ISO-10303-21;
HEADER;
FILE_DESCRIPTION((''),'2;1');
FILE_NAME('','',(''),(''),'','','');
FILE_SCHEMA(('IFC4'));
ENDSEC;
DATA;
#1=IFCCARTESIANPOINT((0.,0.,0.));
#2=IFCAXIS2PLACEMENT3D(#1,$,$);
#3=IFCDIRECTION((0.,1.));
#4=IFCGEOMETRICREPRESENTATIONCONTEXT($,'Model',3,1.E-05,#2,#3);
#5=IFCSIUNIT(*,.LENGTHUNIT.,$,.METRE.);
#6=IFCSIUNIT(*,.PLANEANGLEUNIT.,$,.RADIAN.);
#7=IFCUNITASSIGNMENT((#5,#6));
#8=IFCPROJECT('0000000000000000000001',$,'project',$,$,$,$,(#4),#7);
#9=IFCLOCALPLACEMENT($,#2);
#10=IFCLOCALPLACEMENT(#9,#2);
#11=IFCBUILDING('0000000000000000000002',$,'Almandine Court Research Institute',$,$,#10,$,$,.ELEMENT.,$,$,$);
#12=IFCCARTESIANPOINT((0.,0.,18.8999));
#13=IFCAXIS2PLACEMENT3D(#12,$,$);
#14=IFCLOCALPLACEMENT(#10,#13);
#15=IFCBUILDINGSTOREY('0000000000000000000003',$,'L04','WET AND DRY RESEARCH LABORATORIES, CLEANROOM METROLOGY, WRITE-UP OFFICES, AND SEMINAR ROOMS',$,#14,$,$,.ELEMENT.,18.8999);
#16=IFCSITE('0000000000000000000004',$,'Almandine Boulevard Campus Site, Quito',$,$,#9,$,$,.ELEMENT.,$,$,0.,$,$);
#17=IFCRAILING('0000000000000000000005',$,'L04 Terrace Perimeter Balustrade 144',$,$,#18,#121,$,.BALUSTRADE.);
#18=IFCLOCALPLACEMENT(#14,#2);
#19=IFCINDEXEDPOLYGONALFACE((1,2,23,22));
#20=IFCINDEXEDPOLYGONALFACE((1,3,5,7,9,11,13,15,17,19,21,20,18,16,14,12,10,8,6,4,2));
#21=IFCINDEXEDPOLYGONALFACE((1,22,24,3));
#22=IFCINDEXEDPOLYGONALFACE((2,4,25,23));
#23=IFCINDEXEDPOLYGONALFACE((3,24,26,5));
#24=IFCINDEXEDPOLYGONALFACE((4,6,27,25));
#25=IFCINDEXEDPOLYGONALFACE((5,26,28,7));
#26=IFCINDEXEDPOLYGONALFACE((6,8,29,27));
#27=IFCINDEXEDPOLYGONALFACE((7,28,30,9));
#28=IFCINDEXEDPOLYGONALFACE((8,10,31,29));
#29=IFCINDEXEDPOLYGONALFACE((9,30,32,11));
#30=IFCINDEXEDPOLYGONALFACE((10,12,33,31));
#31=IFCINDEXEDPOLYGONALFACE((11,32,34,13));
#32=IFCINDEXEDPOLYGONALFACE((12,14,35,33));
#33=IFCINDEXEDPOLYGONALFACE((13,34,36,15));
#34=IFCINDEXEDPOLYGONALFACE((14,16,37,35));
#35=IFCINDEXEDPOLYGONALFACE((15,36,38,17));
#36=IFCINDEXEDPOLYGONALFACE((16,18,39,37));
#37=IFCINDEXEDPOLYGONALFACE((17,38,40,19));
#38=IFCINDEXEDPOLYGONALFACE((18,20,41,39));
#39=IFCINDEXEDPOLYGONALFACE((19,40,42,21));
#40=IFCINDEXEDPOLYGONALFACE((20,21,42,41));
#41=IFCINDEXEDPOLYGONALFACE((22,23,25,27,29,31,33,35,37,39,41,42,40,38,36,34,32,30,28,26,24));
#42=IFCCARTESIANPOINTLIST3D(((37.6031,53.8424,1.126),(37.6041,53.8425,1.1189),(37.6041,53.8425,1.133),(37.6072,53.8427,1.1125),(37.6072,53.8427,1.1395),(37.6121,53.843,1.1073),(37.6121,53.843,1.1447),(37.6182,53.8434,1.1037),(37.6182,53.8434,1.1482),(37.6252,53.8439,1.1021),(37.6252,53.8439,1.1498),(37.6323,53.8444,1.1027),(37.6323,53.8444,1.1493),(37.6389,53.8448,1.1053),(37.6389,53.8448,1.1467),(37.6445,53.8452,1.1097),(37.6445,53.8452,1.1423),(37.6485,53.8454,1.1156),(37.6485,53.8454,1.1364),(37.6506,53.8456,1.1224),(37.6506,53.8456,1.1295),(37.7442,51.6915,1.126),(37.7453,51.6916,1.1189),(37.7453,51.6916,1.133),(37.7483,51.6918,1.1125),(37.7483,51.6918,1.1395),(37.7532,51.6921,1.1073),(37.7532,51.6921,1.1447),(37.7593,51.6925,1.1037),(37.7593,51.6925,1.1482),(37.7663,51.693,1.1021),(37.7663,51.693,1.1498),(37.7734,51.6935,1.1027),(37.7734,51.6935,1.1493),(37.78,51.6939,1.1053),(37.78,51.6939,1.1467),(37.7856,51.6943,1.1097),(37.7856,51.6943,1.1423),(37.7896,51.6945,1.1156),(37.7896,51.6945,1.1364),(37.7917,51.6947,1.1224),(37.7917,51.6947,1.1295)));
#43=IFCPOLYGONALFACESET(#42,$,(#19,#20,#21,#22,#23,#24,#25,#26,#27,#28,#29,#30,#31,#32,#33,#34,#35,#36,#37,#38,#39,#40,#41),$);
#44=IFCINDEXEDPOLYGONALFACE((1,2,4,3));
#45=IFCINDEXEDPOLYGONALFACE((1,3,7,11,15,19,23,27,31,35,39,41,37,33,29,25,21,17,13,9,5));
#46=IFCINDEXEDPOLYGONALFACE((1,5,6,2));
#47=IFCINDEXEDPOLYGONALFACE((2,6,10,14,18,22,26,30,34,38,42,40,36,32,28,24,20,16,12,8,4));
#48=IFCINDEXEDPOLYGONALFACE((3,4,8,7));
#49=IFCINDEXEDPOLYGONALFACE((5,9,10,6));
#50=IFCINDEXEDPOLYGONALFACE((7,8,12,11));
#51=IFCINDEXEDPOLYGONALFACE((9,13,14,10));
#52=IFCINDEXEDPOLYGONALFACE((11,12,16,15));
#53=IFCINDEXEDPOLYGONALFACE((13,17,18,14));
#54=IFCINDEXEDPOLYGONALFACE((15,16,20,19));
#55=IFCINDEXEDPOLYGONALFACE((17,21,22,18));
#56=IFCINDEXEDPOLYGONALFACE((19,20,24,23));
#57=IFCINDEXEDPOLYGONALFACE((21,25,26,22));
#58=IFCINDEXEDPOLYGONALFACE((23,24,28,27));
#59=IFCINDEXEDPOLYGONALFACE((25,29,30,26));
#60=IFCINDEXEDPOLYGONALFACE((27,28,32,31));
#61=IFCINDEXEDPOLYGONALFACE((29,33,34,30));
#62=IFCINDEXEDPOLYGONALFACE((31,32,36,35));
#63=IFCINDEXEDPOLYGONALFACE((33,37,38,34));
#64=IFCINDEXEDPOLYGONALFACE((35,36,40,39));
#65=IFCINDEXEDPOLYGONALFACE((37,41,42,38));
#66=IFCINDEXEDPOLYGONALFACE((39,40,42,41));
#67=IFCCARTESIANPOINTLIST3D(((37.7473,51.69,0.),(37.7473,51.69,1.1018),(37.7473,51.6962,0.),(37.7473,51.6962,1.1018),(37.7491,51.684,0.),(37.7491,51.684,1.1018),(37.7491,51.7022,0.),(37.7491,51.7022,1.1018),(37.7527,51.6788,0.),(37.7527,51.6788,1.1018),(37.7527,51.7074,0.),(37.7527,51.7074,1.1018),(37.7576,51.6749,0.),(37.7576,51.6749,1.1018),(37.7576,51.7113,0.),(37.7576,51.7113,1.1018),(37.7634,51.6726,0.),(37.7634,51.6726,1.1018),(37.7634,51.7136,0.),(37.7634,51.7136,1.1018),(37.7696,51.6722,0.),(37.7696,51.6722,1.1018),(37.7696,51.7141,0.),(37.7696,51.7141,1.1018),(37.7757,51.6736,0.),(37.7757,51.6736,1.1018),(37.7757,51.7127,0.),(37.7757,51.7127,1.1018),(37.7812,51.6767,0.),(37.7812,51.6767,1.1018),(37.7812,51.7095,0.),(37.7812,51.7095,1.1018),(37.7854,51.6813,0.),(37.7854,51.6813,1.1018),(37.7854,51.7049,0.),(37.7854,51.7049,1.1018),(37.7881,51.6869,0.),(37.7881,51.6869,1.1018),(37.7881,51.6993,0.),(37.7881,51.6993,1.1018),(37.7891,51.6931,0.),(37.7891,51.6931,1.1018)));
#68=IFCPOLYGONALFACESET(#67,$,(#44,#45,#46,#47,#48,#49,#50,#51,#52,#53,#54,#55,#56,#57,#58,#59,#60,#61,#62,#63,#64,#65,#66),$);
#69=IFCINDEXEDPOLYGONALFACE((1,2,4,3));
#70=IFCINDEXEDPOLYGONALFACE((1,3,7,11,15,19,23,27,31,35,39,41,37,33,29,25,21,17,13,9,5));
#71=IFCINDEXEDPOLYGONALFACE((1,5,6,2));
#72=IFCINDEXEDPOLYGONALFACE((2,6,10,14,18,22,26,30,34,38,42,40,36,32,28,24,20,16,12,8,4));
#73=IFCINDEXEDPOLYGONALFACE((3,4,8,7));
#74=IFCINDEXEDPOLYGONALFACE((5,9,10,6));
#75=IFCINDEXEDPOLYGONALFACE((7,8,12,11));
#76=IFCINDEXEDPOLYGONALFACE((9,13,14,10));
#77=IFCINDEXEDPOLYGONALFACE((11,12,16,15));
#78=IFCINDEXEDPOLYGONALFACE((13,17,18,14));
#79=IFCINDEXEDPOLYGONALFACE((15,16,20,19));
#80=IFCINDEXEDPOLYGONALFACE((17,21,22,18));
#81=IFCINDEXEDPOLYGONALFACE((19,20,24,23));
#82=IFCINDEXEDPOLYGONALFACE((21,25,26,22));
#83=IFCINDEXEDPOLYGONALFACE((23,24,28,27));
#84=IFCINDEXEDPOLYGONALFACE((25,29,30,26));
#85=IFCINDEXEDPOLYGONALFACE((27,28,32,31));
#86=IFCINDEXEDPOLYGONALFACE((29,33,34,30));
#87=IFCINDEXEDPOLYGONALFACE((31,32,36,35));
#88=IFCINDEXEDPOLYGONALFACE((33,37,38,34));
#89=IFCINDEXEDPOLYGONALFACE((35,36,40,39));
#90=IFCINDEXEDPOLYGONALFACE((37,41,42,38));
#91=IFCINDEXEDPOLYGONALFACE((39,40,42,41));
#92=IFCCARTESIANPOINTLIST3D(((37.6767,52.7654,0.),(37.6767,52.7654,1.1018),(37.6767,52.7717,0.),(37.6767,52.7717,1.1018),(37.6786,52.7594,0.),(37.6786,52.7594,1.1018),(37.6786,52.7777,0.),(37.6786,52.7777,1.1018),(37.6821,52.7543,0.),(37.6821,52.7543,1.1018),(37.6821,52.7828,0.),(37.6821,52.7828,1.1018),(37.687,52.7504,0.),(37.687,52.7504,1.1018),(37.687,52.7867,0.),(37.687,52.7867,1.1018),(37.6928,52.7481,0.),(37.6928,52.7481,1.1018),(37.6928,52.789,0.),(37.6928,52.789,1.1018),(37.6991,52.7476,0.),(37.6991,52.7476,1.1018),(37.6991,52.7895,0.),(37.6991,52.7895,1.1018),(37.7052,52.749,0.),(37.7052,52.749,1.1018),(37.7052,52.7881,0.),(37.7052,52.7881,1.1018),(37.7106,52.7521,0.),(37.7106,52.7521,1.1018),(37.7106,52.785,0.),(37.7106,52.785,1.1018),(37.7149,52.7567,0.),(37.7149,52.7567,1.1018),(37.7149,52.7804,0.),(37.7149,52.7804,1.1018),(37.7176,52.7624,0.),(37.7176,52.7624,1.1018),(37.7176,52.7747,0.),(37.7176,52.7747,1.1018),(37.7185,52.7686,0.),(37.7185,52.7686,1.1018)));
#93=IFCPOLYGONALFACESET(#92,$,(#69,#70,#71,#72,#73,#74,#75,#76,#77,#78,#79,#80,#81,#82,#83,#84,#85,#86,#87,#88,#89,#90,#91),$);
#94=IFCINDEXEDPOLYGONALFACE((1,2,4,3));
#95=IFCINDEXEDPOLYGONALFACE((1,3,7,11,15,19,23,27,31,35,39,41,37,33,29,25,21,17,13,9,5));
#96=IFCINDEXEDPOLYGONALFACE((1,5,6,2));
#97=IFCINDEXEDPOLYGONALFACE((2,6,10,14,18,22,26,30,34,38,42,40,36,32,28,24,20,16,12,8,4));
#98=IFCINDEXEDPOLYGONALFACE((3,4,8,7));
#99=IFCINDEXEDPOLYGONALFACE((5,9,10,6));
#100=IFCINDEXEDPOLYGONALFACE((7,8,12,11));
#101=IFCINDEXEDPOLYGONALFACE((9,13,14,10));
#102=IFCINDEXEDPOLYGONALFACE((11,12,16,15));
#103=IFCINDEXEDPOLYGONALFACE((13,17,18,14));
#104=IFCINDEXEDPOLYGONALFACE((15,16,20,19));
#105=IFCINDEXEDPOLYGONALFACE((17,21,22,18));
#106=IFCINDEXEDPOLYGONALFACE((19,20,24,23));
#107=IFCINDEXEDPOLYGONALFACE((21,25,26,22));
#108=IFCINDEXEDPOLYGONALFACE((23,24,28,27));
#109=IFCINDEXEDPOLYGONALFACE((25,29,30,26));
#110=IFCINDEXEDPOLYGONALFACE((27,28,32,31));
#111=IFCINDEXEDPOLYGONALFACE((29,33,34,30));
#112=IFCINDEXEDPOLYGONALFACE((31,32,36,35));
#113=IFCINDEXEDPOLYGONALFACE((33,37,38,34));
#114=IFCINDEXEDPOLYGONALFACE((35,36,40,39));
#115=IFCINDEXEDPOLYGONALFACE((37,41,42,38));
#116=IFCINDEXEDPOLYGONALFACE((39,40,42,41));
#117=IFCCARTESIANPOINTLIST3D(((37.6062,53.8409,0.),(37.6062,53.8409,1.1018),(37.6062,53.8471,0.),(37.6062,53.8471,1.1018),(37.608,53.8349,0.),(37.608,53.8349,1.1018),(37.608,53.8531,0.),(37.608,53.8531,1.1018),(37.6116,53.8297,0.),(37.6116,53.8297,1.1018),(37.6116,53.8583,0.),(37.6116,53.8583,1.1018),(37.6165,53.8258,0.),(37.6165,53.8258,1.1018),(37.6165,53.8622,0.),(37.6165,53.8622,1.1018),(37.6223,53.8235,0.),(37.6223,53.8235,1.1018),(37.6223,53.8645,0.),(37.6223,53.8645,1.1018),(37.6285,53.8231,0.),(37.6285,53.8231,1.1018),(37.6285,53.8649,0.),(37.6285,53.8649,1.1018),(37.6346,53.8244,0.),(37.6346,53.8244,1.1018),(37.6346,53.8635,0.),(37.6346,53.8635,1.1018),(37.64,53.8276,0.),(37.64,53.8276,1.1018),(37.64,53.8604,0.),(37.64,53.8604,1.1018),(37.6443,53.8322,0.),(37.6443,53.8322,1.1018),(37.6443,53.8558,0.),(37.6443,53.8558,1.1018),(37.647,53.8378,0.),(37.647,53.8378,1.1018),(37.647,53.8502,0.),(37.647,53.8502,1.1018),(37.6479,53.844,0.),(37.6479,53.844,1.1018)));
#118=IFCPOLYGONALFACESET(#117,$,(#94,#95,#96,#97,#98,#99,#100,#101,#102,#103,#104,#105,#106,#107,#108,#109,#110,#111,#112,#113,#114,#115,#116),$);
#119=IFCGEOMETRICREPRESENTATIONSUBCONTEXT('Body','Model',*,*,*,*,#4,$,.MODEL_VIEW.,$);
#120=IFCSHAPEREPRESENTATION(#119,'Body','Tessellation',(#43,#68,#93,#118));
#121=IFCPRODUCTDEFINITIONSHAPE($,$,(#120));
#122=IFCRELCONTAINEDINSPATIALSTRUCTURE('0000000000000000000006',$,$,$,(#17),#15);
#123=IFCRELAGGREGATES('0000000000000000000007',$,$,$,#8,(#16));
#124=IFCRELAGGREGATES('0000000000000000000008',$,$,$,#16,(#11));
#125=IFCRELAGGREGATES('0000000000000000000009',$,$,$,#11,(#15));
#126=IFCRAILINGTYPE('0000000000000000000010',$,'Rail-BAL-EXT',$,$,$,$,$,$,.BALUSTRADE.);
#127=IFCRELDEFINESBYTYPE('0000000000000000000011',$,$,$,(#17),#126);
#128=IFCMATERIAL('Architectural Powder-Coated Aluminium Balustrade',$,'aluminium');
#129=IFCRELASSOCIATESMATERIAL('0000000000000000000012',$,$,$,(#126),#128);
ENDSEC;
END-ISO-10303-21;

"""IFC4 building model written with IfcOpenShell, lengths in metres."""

from ifc_helpers import new_model, si_unit, direction, frame, origin, origin_2d, place, context, subcontext, project, spatial, circle, extrude, material, type_object, element, save


model = new_model("IFC4")

# Units and contexts
model_context = context("Model", 3, precision=1e-05, world=origin(), true_north=direction((0.0, 1.0)))
body_context = subcontext(model_context, "Body", "Model", "MODEL_VIEW")
ifc_project = project(units=[si_unit("LENGTHUNIT", "METRE"), si_unit("PLANEANGLEUNIT", "RADIAN")], contexts=[model_context])

# Site, building, storey
site_placement = place(None, origin())
site = spatial("IfcSite", under=ifc_project, at=site_placement, Name="Almandine Boulevard Campus Site, Quito", CompositionType="ELEMENT", RefElevation=0.0)
building_placement = place(site_placement, origin())
building = spatial("IfcBuilding", under=site, at=building_placement, Name="Almandine Court Research Institute", CompositionType="ELEMENT")
storey_placement = place(building_placement, frame((0.0, 0.0, 18.8999)))
storey = spatial("IfcBuildingStorey", under=building, at=storey_placement, Name="L04", Description="WET AND DRY RESEARCH LABORATORIES, CLEANROOM METROLOGY, WRITE-UP OFFICES, AND SEMINAR ROOMS", CompositionType="ELEMENT", Elevation=18.8999)

# Railing
ifc_material_1 = material(Name="Architectural Powder-Coated Aluminium Balustrade", Category="aluminium")
railing_type = type_object("IfcRailingType", Name="Rail-BAL-EXT", PredefinedType="BALUSTRADE", material=ifc_material_1)
railing_1_placement = place(storey_placement, frame((37.7681, 51.6931, 0.0)))
element("IfcRailing", 1, at=railing_1_placement, inside=storey, type_object=railing_type, Name="L04 Terrace Perimeter Balustrade 144", PredefinedType="BALUSTRADE", context=body_context, shape_type="SweptSolid", body=[
    extrude(circle(Radius=0.0239, at=origin_2d()), frame((0.0, 0.0, 1.126), z_axis=(-0.065467, 0.997855, 0.0), x_axis=(-0.997855, -0.065467, 0.0)), (0.0, 0.0, 1.0), 2.1555),
    extrude(circle(Radius=0.021, at=origin_2d()), origin(), (0.0, 0.0, 1.0), 1.1018),
    extrude(circle(Radius=0.021, at=origin_2d()), frame((-0.0706, 1.0754, 0.0)), (0.0, 0.0, 1.0), 1.1018),
    extrude(circle(Radius=0.021, at=origin_2d()), frame((-0.1411, 2.1509, 0.0)), (0.0, 0.0, 1.0), 1.1018),
])

save(model, "model.ifc")
